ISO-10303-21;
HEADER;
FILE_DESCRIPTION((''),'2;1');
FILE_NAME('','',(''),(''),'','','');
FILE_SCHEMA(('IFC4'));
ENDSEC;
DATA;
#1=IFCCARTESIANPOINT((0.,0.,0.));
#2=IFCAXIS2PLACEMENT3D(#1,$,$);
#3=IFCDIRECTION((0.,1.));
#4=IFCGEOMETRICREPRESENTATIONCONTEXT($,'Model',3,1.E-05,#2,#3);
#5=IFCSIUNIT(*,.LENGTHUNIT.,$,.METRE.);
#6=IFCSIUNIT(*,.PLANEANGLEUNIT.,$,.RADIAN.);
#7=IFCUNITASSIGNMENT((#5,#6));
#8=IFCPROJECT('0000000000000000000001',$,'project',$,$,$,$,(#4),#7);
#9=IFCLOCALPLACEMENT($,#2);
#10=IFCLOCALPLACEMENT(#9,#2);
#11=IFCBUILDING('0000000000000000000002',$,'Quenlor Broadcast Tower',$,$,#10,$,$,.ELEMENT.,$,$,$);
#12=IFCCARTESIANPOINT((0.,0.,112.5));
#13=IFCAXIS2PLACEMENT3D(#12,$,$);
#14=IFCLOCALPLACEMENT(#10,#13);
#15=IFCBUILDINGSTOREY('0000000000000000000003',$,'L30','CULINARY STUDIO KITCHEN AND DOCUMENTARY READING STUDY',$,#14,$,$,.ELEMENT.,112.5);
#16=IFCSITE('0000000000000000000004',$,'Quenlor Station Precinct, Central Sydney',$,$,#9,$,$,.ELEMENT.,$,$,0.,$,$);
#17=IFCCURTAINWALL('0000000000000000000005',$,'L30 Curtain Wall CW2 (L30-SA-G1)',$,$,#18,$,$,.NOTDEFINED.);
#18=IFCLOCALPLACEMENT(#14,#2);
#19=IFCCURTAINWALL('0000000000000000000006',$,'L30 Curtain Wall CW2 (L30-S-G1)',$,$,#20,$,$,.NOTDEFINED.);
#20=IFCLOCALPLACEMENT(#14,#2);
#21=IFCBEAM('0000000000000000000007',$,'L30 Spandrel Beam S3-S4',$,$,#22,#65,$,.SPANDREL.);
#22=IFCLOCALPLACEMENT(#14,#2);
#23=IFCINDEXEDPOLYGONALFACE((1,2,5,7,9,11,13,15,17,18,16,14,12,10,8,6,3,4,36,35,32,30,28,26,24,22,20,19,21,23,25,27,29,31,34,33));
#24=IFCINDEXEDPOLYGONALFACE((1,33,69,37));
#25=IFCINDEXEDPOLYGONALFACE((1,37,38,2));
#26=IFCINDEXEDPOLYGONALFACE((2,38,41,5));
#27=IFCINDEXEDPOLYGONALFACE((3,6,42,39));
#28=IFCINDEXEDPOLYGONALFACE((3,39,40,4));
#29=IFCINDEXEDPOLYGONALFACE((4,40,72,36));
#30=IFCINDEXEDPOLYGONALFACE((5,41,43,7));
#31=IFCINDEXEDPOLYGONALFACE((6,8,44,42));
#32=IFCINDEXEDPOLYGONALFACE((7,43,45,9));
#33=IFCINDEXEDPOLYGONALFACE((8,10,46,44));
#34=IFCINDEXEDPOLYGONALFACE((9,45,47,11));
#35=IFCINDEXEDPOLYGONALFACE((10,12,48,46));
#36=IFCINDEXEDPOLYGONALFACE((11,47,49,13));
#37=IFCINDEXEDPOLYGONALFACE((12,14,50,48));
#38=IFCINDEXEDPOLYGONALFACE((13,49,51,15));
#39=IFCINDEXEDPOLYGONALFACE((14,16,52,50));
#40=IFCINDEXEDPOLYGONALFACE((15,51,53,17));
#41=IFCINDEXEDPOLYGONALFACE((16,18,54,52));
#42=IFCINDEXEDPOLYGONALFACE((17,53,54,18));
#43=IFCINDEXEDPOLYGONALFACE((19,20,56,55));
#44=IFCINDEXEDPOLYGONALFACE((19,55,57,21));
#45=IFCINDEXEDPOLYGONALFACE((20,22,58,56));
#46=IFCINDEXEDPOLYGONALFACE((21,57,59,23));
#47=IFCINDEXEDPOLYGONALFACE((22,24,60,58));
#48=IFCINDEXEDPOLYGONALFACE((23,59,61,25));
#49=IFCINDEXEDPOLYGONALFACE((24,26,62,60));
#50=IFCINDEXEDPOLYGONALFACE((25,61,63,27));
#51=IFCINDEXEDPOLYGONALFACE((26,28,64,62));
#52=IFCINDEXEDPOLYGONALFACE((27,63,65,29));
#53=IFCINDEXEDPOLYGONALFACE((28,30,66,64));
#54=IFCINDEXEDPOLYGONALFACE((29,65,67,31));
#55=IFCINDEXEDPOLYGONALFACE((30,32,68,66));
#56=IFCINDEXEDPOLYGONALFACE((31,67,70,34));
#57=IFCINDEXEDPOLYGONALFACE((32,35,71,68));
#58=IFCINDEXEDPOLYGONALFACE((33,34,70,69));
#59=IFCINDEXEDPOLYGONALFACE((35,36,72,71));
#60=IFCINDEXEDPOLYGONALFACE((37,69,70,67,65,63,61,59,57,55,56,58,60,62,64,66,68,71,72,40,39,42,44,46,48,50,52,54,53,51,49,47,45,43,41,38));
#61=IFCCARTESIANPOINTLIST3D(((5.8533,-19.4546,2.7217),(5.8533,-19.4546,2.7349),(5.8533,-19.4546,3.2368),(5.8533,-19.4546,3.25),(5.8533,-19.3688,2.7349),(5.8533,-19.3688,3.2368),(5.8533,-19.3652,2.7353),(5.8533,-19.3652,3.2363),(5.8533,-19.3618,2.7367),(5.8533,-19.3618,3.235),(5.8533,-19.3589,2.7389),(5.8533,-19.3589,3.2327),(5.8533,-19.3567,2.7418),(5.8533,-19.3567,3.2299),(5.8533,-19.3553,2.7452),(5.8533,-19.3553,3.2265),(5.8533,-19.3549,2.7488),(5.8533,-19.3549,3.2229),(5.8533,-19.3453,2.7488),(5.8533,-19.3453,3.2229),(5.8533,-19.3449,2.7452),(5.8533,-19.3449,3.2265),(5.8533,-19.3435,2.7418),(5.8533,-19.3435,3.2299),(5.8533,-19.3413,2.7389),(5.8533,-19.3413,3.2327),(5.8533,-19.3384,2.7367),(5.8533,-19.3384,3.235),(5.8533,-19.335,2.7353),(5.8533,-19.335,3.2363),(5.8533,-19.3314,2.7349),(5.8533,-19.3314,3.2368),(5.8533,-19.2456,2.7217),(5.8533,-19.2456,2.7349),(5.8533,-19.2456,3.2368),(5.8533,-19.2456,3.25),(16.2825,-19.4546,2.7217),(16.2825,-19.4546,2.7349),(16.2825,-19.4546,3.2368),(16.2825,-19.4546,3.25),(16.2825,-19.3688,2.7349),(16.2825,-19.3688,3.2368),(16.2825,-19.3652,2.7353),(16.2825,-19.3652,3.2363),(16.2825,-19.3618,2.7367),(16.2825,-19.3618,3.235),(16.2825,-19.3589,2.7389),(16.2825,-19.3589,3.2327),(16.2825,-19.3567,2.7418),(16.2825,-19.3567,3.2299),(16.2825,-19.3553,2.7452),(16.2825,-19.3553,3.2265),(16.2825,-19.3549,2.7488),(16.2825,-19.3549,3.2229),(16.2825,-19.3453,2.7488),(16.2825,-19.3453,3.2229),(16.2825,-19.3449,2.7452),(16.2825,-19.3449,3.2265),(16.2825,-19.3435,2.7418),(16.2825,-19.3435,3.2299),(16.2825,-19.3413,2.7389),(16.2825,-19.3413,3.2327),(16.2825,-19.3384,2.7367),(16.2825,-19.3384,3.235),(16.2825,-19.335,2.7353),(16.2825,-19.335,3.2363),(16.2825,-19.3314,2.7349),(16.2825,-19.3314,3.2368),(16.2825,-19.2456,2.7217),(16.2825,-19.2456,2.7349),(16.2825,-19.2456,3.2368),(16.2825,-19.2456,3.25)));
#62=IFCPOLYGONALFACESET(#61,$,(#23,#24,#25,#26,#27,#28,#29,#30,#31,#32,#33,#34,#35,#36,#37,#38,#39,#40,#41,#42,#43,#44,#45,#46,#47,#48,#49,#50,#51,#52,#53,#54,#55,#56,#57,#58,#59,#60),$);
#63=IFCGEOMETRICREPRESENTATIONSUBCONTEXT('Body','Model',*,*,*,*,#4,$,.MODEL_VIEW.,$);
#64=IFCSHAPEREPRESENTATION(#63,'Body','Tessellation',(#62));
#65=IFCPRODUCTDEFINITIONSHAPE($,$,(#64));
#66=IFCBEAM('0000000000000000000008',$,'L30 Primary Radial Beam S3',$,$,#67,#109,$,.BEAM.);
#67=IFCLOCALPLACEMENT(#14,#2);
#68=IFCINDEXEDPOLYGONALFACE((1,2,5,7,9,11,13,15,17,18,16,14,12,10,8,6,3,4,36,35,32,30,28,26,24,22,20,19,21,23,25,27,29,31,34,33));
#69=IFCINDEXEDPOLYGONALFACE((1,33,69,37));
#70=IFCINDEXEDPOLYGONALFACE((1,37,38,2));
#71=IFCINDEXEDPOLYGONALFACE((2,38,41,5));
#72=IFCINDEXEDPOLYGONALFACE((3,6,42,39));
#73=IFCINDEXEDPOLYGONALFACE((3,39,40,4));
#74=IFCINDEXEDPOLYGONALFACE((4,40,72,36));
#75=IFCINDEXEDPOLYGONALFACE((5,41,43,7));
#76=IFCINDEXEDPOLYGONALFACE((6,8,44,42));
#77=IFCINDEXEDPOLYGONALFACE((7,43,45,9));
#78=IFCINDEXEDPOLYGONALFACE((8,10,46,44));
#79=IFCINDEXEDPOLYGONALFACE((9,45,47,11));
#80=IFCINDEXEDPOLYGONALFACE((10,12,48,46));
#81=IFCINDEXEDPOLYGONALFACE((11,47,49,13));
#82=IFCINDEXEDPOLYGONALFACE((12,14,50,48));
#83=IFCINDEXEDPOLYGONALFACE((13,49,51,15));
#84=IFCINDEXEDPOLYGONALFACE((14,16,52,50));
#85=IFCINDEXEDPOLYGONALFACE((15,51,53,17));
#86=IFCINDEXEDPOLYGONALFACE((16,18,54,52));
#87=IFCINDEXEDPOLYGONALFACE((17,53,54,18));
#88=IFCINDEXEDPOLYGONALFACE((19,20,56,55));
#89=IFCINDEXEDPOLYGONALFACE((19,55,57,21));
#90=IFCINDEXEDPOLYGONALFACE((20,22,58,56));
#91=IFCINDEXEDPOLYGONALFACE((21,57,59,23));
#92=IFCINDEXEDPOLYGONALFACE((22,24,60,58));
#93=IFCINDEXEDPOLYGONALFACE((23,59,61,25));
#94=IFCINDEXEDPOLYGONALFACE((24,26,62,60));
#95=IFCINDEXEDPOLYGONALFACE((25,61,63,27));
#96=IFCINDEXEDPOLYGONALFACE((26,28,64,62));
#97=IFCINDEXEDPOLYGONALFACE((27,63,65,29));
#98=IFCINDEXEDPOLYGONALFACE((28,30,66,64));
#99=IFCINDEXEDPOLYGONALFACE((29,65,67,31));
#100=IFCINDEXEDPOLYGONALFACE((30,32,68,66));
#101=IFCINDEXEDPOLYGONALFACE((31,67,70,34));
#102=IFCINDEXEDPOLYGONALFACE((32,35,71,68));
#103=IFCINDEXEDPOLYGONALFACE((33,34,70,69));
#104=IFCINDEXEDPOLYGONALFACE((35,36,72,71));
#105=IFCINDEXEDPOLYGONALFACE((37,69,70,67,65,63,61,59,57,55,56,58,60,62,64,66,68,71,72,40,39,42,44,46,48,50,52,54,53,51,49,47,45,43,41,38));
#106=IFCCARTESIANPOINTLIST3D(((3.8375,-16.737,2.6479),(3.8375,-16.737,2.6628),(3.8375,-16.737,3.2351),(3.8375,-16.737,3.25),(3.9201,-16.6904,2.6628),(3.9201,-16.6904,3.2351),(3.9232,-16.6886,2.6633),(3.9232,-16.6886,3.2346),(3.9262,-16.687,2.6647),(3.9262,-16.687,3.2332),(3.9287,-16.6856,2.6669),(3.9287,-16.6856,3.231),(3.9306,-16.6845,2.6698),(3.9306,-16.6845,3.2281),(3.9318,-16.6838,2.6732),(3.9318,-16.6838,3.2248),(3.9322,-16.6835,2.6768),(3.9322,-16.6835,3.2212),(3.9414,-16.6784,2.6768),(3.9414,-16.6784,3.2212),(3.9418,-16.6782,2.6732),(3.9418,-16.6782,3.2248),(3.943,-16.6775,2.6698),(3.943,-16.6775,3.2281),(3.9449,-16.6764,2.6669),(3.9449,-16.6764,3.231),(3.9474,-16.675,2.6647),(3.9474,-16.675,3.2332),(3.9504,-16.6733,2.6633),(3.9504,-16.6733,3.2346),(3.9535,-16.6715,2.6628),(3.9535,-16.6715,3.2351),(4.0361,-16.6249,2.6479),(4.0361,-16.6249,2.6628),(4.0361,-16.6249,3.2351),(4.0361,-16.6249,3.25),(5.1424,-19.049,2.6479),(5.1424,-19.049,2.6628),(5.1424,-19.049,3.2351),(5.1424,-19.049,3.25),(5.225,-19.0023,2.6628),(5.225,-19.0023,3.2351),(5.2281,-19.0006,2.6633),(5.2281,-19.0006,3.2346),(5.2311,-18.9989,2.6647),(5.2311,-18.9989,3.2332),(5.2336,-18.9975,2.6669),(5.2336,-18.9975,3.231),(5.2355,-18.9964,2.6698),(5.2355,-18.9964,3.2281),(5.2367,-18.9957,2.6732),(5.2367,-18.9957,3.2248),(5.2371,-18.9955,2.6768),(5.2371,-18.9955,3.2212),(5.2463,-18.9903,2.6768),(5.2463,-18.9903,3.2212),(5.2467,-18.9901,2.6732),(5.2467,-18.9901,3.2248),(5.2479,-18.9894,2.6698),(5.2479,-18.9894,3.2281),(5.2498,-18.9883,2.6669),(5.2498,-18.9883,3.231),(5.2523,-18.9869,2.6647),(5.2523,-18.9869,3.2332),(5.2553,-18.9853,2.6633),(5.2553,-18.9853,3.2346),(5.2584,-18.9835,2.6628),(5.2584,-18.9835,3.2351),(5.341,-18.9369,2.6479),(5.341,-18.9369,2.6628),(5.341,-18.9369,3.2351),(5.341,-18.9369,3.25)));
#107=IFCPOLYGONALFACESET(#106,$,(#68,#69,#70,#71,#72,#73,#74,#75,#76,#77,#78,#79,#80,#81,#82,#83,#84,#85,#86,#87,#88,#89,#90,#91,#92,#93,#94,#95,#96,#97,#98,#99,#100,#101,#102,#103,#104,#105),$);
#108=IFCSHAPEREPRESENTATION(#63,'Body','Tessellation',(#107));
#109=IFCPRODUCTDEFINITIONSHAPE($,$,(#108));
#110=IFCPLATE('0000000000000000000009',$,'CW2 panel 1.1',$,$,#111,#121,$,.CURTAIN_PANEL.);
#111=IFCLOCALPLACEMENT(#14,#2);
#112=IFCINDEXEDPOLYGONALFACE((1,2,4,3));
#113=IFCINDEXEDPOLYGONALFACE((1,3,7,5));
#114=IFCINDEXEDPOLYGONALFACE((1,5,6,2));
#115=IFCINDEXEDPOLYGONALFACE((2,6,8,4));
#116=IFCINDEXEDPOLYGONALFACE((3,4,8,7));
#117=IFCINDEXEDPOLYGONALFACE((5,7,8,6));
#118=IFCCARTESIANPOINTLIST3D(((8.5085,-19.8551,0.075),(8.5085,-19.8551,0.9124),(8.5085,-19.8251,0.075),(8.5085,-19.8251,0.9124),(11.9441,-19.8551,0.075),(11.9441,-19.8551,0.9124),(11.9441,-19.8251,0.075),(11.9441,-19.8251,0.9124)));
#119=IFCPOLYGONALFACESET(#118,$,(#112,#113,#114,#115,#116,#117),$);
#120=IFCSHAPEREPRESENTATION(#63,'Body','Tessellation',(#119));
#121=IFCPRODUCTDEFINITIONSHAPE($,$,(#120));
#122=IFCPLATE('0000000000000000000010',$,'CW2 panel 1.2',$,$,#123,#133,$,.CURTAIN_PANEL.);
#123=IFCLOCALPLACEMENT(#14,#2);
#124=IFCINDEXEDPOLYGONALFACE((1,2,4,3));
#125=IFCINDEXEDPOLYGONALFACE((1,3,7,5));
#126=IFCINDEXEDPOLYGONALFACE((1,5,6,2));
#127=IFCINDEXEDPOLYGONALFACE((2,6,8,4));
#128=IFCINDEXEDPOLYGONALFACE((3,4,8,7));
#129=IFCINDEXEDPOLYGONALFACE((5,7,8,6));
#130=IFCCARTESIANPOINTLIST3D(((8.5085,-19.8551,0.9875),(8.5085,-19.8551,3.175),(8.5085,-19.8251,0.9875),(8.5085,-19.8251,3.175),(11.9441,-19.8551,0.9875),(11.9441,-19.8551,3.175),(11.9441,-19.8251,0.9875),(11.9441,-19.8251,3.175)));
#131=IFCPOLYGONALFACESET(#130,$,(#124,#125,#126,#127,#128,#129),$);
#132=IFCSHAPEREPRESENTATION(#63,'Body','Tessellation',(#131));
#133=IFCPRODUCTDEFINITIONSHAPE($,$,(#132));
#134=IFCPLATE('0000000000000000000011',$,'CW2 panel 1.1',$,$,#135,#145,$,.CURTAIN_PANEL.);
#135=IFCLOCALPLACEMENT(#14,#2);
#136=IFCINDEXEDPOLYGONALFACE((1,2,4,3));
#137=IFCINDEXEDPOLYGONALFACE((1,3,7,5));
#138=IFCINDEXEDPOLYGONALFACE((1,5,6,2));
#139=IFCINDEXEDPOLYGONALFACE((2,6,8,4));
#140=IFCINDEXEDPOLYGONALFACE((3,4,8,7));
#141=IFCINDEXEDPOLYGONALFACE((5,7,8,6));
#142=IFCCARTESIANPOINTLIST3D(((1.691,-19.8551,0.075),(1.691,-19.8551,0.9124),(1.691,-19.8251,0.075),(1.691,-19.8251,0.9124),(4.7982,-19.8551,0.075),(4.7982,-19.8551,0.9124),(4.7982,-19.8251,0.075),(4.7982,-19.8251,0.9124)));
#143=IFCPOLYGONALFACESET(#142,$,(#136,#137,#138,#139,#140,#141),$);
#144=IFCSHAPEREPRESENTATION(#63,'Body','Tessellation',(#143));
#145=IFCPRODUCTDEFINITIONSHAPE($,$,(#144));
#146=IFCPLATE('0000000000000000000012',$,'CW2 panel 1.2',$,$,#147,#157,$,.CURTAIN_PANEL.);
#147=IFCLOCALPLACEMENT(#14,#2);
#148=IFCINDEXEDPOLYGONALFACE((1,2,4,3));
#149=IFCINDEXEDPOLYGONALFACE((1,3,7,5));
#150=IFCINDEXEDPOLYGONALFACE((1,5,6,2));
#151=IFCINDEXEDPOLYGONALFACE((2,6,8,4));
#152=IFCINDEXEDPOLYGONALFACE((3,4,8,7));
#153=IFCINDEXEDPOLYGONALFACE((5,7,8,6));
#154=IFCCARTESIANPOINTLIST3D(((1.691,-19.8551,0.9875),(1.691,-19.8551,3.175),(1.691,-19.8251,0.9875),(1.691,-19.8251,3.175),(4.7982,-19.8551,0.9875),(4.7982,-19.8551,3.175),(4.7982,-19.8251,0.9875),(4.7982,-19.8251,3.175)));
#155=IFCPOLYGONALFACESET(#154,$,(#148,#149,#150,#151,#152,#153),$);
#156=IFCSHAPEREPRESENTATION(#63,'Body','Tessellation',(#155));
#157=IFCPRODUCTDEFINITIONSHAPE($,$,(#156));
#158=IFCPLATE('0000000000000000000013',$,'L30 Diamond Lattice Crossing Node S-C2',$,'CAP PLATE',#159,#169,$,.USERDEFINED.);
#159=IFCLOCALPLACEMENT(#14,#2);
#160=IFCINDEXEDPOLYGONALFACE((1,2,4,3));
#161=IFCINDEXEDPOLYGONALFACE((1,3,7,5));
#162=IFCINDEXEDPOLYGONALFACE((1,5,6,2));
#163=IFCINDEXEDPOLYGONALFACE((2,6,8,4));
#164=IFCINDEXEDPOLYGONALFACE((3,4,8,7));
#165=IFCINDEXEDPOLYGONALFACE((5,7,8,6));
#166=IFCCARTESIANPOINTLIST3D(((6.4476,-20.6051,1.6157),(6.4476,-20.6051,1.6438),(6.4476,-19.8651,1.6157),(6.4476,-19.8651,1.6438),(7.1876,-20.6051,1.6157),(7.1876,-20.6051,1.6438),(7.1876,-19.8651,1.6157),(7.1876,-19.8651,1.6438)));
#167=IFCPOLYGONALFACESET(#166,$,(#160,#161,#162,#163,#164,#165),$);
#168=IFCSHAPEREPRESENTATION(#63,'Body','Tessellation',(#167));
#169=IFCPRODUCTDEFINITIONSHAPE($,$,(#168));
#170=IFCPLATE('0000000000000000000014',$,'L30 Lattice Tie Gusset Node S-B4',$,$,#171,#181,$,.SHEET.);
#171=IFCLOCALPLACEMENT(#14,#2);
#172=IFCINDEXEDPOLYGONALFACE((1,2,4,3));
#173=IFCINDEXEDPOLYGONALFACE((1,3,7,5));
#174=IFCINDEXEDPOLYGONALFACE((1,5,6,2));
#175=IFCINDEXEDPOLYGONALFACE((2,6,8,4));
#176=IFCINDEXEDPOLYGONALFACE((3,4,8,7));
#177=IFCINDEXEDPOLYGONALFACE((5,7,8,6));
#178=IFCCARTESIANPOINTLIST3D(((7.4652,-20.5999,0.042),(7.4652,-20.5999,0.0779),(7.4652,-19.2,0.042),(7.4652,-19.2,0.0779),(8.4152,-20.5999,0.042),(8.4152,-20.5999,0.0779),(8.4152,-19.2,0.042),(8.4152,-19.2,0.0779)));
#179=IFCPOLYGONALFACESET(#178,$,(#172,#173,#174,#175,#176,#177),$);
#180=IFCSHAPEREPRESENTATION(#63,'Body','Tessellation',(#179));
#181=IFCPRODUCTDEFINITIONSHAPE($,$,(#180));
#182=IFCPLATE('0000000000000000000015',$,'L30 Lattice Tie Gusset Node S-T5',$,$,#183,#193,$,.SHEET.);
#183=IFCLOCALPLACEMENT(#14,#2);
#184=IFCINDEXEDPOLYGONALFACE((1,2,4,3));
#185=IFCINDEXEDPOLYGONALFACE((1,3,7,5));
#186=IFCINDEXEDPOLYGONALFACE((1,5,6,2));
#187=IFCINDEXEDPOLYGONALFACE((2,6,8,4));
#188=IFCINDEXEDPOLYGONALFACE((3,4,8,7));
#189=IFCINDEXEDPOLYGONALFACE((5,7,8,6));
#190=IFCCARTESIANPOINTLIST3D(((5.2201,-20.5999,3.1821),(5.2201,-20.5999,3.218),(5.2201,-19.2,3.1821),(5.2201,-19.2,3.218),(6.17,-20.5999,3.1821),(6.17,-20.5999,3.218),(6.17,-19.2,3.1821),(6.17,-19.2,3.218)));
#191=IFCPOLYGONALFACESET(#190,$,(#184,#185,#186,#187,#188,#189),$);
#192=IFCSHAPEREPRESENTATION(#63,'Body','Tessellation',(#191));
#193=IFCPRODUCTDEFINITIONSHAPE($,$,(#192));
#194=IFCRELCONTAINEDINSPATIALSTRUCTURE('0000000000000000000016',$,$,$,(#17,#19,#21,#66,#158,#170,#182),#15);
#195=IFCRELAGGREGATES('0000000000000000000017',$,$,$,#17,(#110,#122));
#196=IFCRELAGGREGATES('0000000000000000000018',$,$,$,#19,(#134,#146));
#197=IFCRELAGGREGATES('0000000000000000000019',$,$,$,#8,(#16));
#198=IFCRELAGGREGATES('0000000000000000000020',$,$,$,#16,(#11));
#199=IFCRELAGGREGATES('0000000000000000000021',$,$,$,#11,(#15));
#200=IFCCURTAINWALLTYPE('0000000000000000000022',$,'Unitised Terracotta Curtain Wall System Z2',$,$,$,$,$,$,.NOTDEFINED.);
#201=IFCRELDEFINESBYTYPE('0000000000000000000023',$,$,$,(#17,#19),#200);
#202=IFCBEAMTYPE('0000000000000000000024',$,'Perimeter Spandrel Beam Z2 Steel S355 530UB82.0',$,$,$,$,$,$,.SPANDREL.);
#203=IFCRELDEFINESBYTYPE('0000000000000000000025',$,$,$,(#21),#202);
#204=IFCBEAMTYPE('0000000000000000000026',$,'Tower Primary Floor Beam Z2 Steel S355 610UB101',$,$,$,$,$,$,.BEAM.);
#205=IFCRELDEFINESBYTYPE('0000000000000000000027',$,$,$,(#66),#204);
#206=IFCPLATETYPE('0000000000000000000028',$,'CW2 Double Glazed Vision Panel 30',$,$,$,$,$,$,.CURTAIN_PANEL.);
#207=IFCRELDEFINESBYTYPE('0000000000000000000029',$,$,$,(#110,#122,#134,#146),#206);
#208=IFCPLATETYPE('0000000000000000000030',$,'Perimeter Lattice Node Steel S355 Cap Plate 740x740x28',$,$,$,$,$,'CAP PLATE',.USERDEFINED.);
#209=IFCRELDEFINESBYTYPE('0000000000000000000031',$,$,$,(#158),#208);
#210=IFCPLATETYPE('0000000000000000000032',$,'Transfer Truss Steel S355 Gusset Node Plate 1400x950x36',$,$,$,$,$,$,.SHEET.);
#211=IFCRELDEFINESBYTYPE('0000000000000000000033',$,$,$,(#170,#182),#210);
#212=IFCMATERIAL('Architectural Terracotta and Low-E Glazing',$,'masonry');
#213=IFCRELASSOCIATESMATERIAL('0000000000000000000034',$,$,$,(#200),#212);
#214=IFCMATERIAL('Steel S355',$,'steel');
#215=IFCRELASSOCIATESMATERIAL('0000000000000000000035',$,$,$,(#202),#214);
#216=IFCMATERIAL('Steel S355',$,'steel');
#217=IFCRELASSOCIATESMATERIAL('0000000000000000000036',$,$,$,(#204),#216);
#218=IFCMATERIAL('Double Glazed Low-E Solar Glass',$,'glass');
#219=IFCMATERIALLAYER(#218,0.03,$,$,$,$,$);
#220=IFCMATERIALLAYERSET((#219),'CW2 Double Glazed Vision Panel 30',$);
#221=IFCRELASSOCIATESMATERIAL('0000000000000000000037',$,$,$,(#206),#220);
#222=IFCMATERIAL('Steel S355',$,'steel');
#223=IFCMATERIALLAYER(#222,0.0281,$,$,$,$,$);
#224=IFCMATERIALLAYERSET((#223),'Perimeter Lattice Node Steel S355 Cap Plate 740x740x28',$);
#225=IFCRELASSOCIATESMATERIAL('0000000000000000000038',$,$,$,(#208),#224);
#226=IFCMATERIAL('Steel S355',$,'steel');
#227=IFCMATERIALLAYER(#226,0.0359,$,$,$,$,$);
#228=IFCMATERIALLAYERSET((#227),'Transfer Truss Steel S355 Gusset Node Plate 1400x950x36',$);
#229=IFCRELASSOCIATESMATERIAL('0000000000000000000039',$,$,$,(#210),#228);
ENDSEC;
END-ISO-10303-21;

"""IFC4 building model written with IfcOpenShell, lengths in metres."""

from ifc_helpers import new_model, si_unit, direction, frame, origin, origin_2d, place, context, subcontext, project, spatial, rectangle, i_section, extrude, material, layer, layer_set, material_profile, profile_set, type_object, element, aggregate, save


model = new_model("IFC4")

# Units and contexts
model_context = context("Model", 3, precision=1e-05, world=origin(), true_north=direction((0.0, 1.0)))
body_context = subcontext(model_context, "Body", "Model", "MODEL_VIEW")
ifc_project = project(units=[si_unit("LENGTHUNIT", "METRE"), si_unit("PLANEANGLEUNIT", "RADIAN")], contexts=[model_context])

# Site, building, storey
site_placement = place(None, origin())
site = spatial("IfcSite", under=ifc_project, at=site_placement, Name="Quenlor Station Precinct, Central Sydney", CompositionType="ELEMENT", RefElevation=0.0)
building_placement = place(site_placement, origin())
building = spatial("IfcBuilding", under=site, at=building_placement, Name="Quenlor Broadcast Tower", CompositionType="ELEMENT")
storey_placement = place(building_placement, frame((0.0, 0.0, 112.5)))
storey = spatial("IfcBuildingStorey", under=building, at=storey_placement, Name="L30", Description="CULINARY STUDIO KITCHEN AND DOCUMENTARY READING STUDY", CompositionType="ELEMENT", Elevation=112.5)

# Curtain wall
ifc_material_1 = material(Name="Architectural Terracotta and Low-E Glazing", Category="masonry")
curtain_wall_type = type_object("IfcCurtainWallType", Name="Unitised Terracotta Curtain Wall System Z2", PredefinedType="NOTDEFINED", material=ifc_material_1)
curtain_wall_1_placement = place(storey_placement, origin())
curtain_wall_1 = element("IfcCurtainWall", 1, at=curtain_wall_1_placement, inside=storey, type_object=curtain_wall_type, Name="L30 Curtain Wall CW2 (L30-SA-G1)", PredefinedType="NOTDEFINED")

# Curtain wall
curtain_wall_2_placement = place(storey_placement, origin())
curtain_wall_2 = element("IfcCurtainWall", 2, at=curtain_wall_2_placement, inside=storey, type_object=curtain_wall_type, Name="L30 Curtain Wall CW2 (L30-S-G1)", PredefinedType="NOTDEFINED")

# Beams
ifc_material_2 = material(Name="Steel S355", Category="steel")
ifc_material_profile_1 = material_profile(ifc_material_2, i_section(OverallWidth=0.209, OverallDepth=0.5283, WebThickness=0.0095, FlangeThickness=0.0132, FilletRadius=0.0139, at=origin_2d()))
ifc_profile_set_1 = profile_set([ifc_material_profile_1], Name="Steel S355 530UB82.0")
beam_type_1 = type_object("IfcBeamType", Name="Perimeter Spandrel Beam Z2 Steel S355 530UB82.0", PredefinedType="SPANDREL", material=ifc_profile_set_1)
beam_1_placement = place(storey_placement, frame((5.8533, -19.3501, 2.9858), z_axis=(1.0, 0.0, 0.0), x_axis=(0.0, 1.0, 0.0)))
element("IfcBeam", 3, at=beam_1_placement, inside=storey, type_object=beam_type_1, Name="L30 Spandrel Beam S3-S4", PredefinedType="SPANDREL", context=body_context, shape_type="SweptSolid", body=[
    extrude(i_section(OverallWidth=0.209, OverallDepth=0.5283, WebThickness=0.0095, FlangeThickness=0.0132, FilletRadius=0.0139, at=origin_2d()), origin(), (0.0, 0.0, 1.0), 10.4292),
])
ifc_material_3 = material(Name="Steel S355", Category="steel")
ifc_material_profile_2 = material_profile(ifc_material_3, i_section(OverallWidth=0.228, OverallDepth=0.6021, WebThickness=0.0105, FlangeThickness=0.0149, FilletRadius=0.0139, at=origin_2d()))
ifc_profile_set_2 = profile_set([ifc_material_profile_2], Name="Steel S355 610UB101")
beam_type_2 = type_object("IfcBeamType", Name="Tower Primary Floor Beam Z2 Steel S355 610UB101", PredefinedType="BEAM", material=ifc_profile_set_2)
beam_2_placement = place(storey_placement, frame((5.2417, -18.9929, 2.949), z_axis=(-0.491527, 0.870862, 0.0), x_axis=(-0.870862, -0.491527, 0.0)))
element("IfcBeam", 4, at=beam_2_placement, inside=storey, type_object=beam_type_2, Name="L30 Primary Radial Beam S3", PredefinedType="BEAM", context=body_context, shape_type="SweptSolid", body=[
    extrude(i_section(OverallWidth=0.228, OverallDepth=0.6021, WebThickness=0.0105, FlangeThickness=0.0149, FilletRadius=0.0139, at=origin_2d()), origin(), (0.0, 0.0, 1.0), 2.6548),
])

# Plates
ifc_material_4 = material(Name="Double Glazed Low-E Solar Glass", Category="glass")
ifc_layer_1 = layer(ifc_material_4, 0.03)
ifc_layer_set_1 = layer_set([ifc_layer_1], Name="CW2 Double Glazed Vision Panel 30")
plate_type_1 = type_object("IfcPlateType", Name="CW2 Double Glazed Vision Panel 30", PredefinedType="CURTAIN_PANEL", material=ifc_layer_set_1)
plate_1_placement = place(storey_placement, frame((10.2263, -19.8401, 0.075), z_axis=(0.0, 0.0, 1.0), x_axis=(-1.0, 0.0, 0.0)))
plate_1 = element("IfcPlate", 5, at=plate_1_placement, type_object=plate_type_1, Name="CW2 panel 1.1", PredefinedType="CURTAIN_PANEL", context=body_context, shape_type="SweptSolid", body=[
    extrude(rectangle(XDim=3.4355, YDim=0.03, at=origin_2d()), origin(), (0.0, 0.0, 1.0), 0.8374),
])
plate_2_placement = place(storey_placement, frame((10.2263, -19.8401, 0.9875), z_axis=(0.0, 0.0, 1.0), x_axis=(-1.0, 0.0, 0.0)))
plate_2 = element("IfcPlate", 6, at=plate_2_placement, type_object=plate_type_1, Name="CW2 panel 1.2", PredefinedType="CURTAIN_PANEL", context=body_context, shape_type="SweptSolid", body=[
    extrude(rectangle(XDim=3.4355, YDim=0.03, at=origin_2d()), origin(), (0.0, 0.0, 1.0), 2.1875),
])
aggregate(curtain_wall_1, [plate_1, plate_2])
plate_3_placement = place(storey_placement, frame((3.2446, -19.8401, 0.075), z_axis=(0.0, 0.0, 1.0), x_axis=(-1.0, 0.0, 0.0)))
plate_3 = element("IfcPlate", 7, at=plate_3_placement, type_object=plate_type_1, Name="CW2 panel 1.1", PredefinedType="CURTAIN_PANEL", context=body_context, shape_type="SweptSolid", body=[
    extrude(rectangle(XDim=3.1072, YDim=0.03, at=origin_2d()), origin(), (0.0, 0.0, 1.0), 0.8374),
])
plate_4_placement = place(storey_placement, frame((3.2446, -19.8401, 0.9875), z_axis=(0.0, 0.0, 1.0), x_axis=(-1.0, 0.0, 0.0)))
plate_4 = element("IfcPlate", 8, at=plate_4_placement, type_object=plate_type_1, Name="CW2 panel 1.2", PredefinedType="CURTAIN_PANEL", context=body_context, shape_type="SweptSolid", body=[
    extrude(rectangle(XDim=3.1072, YDim=0.03, at=origin_2d()), origin(), (0.0, 0.0, 1.0), 2.1875),
])
aggregate(curtain_wall_2, [plate_3, plate_4])

# Plates
ifc_material_5 = material(Name="Steel S355", Category="steel")
ifc_layer_2 = layer(ifc_material_5, 0.0281)
ifc_layer_set_2 = layer_set([ifc_layer_2], Name="Perimeter Lattice Node Steel S355 Cap Plate 740x740x28")
plate_type_2 = type_object("IfcPlateType", Name="Perimeter Lattice Node Steel S355 Cap Plate 740x740x28", ElementType="CAP PLATE", PredefinedType="USERDEFINED", material=ifc_layer_set_2)
plate_5_placement = place(storey_placement, frame((6.8176, -20.2351, 1.6157), z_axis=(0.0, 0.0, 1.0), x_axis=(-1.0, 0.0, 0.0)))
element("IfcPlate", 9, at=plate_5_placement, inside=storey, type_object=plate_type_2, Name="L30 Diamond Lattice Crossing Node S-C2", ObjectType="CAP PLATE", PredefinedType="USERDEFINED", context=body_context, shape_type="SweptSolid", body=[
    extrude(rectangle(XDim=0.74, YDim=0.74, at=origin_2d()), origin(), (0.0, 0.0, 1.0), 0.0281),
])
ifc_material_6 = material(Name="Steel S355", Category="steel")
ifc_layer_3 = layer(ifc_material_6, 0.0359)
ifc_layer_set_3 = layer_set([ifc_layer_3], Name="Transfer Truss Steel S355 Gusset Node Plate 1400x950x36")
plate_type_3 = type_object("IfcPlateType", Name="Transfer Truss Steel S355 Gusset Node Plate 1400x950x36", PredefinedType="SHEET", material=ifc_layer_set_3)
for number, where, z_axis, x_axis, name in (
    (10, (7.9402, -19.8999, 0.042), (0.0, 0.0, 1.0), (0.0, -1.0, 0.0), "L30 Lattice Tie Gusset Node S-B4"),
    (11, (5.6951, -19.8999, 3.1821), (0.0, 0.0, 1.0), (0.0, -1.0, 0.0), "L30 Lattice Tie Gusset Node S-T5"),
):
    element("IfcPlate", number, at=place(storey_placement, frame(where, z_axis=z_axis, x_axis=x_axis)), inside=storey, type_object=plate_type_3, Name=name, PredefinedType="SHEET", context=body_context, shape_type="SweptSolid", body=[
        extrude(rectangle(XDim=1.3999, YDim=0.95, at=origin_2d()), origin(), (0.0, 0.0, 1.0), 0.0359),
    ])

save(model, "model.ifc")
